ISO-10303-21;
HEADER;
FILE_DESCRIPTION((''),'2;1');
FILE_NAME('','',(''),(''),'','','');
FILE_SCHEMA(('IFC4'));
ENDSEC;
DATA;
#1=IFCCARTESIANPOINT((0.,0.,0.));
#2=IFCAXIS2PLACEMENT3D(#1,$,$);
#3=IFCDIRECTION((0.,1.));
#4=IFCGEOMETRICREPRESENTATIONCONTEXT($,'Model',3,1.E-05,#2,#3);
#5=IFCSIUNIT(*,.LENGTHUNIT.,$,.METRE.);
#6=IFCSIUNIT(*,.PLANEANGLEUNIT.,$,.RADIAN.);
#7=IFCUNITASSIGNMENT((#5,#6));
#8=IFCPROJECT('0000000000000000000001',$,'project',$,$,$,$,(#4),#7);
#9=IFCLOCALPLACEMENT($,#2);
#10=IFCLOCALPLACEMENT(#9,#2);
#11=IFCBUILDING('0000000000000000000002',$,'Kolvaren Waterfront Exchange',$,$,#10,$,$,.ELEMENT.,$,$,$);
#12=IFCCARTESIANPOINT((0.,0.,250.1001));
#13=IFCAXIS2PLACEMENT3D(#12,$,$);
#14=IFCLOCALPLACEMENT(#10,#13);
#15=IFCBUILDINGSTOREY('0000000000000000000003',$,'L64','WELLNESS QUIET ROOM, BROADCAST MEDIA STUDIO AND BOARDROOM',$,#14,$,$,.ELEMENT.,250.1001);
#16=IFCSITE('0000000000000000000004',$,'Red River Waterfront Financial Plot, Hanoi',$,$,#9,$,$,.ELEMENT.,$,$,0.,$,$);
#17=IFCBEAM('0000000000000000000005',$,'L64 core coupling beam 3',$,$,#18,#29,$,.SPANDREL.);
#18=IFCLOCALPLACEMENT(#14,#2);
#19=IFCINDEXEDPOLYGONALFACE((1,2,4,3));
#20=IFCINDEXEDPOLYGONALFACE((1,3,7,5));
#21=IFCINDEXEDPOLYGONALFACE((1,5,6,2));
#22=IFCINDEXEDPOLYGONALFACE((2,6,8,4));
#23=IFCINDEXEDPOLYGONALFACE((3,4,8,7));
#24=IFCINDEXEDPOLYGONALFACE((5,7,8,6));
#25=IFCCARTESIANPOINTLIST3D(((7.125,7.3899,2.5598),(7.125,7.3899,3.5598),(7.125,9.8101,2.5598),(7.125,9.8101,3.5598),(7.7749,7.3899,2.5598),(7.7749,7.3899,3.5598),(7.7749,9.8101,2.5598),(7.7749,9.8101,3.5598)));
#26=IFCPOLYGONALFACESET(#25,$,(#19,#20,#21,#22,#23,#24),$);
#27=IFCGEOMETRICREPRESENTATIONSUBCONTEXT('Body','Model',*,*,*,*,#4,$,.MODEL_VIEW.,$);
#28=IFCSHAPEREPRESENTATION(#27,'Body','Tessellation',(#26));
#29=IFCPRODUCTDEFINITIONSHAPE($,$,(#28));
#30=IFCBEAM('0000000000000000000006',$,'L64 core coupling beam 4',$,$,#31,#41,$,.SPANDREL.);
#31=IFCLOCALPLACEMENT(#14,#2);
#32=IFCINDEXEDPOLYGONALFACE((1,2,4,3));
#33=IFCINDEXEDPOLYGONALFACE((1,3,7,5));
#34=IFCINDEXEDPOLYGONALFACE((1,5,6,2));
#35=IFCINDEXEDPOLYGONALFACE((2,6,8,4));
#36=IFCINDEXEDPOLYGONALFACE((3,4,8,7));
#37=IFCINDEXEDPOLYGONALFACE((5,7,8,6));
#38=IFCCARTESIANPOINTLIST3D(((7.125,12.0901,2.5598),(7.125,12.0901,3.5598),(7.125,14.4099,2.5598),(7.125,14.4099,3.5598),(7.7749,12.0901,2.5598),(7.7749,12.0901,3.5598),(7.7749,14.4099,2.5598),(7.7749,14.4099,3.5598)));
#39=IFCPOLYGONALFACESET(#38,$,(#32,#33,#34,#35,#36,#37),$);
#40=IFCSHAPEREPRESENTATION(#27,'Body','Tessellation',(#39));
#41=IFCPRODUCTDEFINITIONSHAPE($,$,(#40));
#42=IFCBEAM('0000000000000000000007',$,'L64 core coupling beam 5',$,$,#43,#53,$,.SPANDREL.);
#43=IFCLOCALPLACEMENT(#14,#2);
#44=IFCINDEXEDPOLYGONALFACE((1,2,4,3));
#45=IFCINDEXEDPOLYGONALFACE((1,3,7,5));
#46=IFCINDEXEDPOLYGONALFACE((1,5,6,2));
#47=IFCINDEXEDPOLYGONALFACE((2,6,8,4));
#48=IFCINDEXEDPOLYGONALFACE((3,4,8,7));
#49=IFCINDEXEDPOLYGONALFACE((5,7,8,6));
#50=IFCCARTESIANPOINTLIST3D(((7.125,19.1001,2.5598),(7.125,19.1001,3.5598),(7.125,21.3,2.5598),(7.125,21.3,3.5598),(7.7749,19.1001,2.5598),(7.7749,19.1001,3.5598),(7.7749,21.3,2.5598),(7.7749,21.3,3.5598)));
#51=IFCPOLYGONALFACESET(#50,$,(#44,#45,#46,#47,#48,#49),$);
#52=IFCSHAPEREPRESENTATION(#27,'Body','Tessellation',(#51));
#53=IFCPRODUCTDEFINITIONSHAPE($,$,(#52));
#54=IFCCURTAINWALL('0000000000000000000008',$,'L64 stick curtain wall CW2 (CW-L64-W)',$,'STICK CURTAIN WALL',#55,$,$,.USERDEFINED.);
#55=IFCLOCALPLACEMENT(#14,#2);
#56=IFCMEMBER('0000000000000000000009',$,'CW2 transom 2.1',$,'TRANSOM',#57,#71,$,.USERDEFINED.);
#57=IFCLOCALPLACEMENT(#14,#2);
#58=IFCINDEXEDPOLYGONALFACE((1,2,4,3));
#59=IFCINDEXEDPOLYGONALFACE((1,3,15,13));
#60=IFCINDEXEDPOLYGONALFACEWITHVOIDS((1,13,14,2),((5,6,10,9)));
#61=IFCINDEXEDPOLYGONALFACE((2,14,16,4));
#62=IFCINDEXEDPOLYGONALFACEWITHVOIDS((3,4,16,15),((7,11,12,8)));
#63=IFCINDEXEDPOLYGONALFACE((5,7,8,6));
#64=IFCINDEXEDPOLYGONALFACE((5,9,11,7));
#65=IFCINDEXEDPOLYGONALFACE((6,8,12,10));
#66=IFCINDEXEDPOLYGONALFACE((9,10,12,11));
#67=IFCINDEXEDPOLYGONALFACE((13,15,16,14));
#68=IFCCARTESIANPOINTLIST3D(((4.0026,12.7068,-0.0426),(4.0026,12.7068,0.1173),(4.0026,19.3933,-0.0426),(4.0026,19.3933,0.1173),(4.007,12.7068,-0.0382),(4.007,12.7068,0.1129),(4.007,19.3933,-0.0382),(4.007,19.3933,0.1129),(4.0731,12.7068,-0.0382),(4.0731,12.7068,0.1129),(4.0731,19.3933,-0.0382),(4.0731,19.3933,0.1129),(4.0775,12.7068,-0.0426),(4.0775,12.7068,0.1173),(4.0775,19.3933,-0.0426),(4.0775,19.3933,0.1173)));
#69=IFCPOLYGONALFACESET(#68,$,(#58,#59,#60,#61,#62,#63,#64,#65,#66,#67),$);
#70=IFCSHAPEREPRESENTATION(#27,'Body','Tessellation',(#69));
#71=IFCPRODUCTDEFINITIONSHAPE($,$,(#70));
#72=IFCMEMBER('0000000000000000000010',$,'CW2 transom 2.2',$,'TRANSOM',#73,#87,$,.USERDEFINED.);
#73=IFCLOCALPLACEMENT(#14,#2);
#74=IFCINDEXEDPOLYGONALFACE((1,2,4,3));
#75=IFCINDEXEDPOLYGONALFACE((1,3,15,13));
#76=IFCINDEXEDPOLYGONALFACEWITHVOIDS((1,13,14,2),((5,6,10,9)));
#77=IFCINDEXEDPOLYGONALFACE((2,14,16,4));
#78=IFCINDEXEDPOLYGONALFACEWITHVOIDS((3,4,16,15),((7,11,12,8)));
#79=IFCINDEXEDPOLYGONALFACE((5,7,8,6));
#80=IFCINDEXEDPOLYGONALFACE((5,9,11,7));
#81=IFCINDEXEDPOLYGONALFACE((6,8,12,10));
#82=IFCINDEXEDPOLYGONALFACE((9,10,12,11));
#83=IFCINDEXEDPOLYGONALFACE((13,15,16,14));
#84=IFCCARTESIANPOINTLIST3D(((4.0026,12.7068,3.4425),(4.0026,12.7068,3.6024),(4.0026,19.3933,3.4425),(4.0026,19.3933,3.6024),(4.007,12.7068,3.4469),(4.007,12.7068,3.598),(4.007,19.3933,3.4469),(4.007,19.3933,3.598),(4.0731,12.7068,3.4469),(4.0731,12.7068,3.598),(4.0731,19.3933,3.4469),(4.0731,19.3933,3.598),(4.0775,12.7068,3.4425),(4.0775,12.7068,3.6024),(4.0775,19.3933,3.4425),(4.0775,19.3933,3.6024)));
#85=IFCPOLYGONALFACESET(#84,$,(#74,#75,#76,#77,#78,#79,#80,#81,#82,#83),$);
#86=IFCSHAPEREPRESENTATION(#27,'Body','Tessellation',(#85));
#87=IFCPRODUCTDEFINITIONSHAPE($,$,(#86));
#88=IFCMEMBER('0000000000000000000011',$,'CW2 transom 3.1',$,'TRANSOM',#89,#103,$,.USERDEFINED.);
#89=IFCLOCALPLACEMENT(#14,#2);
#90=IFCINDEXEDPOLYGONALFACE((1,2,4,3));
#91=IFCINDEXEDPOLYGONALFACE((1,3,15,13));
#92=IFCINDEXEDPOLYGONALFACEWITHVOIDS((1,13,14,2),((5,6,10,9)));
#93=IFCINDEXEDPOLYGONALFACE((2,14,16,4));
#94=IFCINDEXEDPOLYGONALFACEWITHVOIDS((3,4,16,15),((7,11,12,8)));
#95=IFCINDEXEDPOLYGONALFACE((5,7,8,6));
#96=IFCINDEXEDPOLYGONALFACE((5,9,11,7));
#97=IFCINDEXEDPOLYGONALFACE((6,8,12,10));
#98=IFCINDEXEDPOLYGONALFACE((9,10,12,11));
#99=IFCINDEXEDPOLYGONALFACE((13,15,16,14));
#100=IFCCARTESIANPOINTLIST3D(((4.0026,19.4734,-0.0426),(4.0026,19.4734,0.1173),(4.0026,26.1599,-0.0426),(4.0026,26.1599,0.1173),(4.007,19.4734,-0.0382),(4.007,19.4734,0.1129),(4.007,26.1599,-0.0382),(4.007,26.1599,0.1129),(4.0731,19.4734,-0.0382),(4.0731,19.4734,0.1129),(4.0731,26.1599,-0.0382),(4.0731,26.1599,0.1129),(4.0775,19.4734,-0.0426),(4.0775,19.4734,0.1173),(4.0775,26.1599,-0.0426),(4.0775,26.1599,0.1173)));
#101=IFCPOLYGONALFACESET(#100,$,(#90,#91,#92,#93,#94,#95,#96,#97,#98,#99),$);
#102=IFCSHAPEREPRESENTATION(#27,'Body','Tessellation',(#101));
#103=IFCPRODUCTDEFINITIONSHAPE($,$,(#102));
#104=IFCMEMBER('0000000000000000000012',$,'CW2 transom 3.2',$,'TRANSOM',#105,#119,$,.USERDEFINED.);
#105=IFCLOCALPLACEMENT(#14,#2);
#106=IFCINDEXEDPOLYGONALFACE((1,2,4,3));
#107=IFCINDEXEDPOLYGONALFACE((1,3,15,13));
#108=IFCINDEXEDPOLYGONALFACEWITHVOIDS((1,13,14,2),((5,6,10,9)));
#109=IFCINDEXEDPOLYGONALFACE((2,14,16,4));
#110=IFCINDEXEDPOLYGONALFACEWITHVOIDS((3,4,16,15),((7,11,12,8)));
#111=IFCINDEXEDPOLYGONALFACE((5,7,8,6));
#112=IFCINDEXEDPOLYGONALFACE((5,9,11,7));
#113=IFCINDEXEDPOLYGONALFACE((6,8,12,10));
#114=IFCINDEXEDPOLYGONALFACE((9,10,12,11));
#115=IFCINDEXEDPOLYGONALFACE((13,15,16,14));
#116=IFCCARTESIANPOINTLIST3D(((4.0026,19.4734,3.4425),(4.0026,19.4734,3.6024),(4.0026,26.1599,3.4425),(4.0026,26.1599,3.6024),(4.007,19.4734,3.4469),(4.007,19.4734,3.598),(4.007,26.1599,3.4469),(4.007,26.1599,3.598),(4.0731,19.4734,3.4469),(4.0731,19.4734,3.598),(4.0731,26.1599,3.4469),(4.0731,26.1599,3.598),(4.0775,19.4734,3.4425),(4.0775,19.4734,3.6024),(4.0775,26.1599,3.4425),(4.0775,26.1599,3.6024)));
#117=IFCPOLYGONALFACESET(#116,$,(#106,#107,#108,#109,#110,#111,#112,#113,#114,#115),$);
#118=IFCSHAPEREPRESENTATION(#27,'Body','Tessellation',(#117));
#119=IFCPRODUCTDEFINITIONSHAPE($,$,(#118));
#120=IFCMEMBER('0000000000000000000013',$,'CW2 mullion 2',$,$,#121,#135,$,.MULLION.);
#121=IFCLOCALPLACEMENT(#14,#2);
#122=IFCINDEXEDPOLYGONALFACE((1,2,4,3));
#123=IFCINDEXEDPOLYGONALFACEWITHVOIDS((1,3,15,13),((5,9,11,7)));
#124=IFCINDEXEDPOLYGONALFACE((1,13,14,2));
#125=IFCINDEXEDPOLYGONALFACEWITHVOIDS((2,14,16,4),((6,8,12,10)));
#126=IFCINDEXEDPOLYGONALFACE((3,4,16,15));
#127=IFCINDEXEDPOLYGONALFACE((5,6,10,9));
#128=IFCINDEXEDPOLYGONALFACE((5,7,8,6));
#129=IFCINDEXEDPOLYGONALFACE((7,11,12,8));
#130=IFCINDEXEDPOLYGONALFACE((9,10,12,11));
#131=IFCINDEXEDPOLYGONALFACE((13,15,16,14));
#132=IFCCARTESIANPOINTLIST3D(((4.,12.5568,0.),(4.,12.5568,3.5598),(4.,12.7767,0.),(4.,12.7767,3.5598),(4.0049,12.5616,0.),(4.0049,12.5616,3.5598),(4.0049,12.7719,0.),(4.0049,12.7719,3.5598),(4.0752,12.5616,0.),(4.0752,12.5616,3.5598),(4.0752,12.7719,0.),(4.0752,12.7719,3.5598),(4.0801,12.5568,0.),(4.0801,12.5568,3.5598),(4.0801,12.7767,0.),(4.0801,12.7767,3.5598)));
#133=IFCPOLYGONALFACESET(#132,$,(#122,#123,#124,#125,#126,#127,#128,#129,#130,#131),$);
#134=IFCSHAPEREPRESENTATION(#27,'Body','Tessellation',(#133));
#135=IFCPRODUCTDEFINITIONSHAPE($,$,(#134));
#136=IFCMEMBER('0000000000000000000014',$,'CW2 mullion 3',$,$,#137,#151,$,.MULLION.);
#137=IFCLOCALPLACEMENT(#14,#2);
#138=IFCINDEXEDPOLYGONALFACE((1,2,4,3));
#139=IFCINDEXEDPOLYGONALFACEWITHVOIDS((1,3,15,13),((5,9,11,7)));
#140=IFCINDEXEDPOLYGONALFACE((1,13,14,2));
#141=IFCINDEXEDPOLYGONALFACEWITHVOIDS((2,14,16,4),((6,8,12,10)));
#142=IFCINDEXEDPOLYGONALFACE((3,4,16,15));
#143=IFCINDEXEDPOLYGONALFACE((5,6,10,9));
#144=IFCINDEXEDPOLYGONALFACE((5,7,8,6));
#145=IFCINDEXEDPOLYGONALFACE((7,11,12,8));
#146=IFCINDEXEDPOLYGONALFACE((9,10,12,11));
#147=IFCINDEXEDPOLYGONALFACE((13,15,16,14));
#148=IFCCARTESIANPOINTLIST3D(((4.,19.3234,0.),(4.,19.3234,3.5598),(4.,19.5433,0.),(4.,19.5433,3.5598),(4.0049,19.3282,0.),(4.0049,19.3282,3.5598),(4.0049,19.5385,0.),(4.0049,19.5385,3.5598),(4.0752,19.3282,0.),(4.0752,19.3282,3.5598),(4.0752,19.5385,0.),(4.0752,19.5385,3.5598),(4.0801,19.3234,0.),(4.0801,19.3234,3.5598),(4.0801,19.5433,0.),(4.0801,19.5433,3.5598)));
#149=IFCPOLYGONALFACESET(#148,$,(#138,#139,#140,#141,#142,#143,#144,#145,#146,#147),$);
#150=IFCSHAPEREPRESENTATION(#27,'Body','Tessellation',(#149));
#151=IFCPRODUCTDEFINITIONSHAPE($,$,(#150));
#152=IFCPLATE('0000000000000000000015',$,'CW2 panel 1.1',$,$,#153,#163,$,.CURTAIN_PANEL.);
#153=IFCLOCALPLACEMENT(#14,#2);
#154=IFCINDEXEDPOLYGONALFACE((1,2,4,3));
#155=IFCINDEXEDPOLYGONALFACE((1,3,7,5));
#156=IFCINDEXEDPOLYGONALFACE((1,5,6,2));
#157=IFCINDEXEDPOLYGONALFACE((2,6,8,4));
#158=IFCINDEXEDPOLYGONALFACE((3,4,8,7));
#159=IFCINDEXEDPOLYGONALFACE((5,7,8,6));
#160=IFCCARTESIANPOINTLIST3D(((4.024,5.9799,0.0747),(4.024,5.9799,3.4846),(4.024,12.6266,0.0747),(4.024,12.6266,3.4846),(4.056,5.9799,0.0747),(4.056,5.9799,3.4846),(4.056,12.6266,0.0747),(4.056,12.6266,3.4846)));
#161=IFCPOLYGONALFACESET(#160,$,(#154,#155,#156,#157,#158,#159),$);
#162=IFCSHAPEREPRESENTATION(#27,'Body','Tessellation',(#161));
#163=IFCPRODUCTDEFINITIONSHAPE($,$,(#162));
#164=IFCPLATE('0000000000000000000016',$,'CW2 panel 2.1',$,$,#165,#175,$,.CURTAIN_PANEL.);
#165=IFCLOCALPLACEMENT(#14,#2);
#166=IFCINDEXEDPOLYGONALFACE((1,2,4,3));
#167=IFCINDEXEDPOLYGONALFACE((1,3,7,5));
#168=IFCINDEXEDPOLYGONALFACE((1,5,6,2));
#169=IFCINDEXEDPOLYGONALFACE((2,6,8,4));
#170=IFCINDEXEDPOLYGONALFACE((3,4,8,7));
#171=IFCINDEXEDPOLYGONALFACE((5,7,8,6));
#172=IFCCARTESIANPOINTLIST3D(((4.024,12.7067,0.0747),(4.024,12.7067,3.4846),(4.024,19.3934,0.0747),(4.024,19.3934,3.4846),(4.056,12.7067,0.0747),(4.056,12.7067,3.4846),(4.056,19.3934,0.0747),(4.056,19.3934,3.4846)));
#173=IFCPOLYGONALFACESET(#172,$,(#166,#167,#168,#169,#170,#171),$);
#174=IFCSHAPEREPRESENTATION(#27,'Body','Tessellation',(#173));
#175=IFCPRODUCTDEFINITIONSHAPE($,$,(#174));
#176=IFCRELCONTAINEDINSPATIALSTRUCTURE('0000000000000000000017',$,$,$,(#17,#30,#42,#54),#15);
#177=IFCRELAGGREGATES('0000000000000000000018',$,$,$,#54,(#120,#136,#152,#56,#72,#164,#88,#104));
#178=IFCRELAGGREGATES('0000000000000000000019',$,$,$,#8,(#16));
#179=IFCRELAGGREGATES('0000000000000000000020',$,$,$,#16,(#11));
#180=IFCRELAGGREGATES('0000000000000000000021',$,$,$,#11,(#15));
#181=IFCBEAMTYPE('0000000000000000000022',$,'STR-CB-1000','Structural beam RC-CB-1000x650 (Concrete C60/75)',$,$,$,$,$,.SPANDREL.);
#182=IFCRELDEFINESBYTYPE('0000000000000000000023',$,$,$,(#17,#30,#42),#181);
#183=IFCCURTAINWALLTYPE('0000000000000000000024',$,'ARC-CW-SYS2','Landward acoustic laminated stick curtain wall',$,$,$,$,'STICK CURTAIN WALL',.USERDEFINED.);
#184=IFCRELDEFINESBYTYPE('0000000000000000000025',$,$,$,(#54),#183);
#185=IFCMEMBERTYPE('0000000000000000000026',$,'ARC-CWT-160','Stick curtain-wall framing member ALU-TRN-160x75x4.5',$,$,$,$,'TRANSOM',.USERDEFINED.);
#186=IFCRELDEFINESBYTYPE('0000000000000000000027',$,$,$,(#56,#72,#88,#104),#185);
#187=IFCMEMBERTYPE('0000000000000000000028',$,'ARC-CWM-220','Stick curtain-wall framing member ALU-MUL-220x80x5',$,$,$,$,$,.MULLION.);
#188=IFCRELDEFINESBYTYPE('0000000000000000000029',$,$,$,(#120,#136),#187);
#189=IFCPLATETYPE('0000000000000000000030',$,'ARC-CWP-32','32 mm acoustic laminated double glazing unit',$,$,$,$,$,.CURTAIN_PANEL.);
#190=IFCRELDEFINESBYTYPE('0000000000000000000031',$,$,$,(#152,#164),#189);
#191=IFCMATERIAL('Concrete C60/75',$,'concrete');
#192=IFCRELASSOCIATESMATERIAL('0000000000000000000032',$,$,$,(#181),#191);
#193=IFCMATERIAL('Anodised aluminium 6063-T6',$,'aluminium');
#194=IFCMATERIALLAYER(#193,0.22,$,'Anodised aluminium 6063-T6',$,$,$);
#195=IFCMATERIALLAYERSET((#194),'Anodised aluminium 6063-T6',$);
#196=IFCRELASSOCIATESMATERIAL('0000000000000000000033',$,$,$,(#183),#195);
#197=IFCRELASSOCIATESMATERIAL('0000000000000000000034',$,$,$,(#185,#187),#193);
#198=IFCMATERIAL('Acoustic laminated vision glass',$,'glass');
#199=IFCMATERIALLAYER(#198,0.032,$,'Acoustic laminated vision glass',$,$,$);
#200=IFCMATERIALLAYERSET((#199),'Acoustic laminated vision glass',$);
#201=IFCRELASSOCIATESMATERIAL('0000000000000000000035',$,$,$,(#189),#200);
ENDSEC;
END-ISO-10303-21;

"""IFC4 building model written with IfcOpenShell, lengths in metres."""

from ifc_helpers import new_model, si_unit, direction, frame, origin, origin_with_axes, origin_2d, place, context, subcontext, project, spatial, rectangle, hollow_rectangle, extrude, source, transform, mapped, material, layer, layer_set, material_profile, profile_set, type_object, element, aggregate, save


model = new_model("IFC4")

# Units and contexts
model_context = context("Model", 3, precision=1e-05, world=origin(), true_north=direction((0.0, 1.0)))
body_context = subcontext(model_context, "Body", "Model", "MODEL_VIEW")
ifc_project = project(units=[si_unit("LENGTHUNIT", "METRE"), si_unit("PLANEANGLEUNIT", "RADIAN")], contexts=[model_context])

# Site, building, storey
site_placement = place(None, origin())
site = spatial("IfcSite", under=ifc_project, at=site_placement, Name="Red River Waterfront Financial Plot, Hanoi", CompositionType="ELEMENT", RefElevation=0.0)
building_placement = place(site_placement, origin())
building = spatial("IfcBuilding", under=site, at=building_placement, Name="Kolvaren Waterfront Exchange", CompositionType="ELEMENT")
storey_placement = place(building_placement, frame((0.0, 0.0, 250.1001)))
storey = spatial("IfcBuildingStorey", under=building, at=storey_placement, Name="L64", Description="WELLNESS QUIET ROOM, BROADCAST MEDIA STUDIO AND BOARDROOM", CompositionType="ELEMENT", Elevation=250.1001)

# Beams
ifc_material_1 = material(Name="Concrete C60/75", Category="concrete")
ifc_material_profile_1 = material_profile(ifc_material_1, rectangle(XDim=0.6499, YDim=1.0, at=origin_2d()), Name="RC-CB-1000x650")
ifc_profile_set_1 = profile_set([ifc_material_profile_1], Name="Concrete C60/75")
beam_type = type_object("IfcBeamType", Name="STR-CB-1000", Description="Structural beam RC-CB-1000x650 (Concrete C60/75)", PredefinedType="SPANDREL", material=ifc_profile_set_1)
beam_1_placement = place(storey_placement, frame((7.45, 7.3899, 3.0598), z_axis=(0.0, 1.0, 0.0), x_axis=(-1.0, 0.0, 0.0)))
element("IfcBeam", 1, at=beam_1_placement, inside=storey, type_object=beam_type, Name="L64 core coupling beam 3", PredefinedType="SPANDREL", context=body_context, shape_type="SweptSolid", body=[
    extrude(rectangle(XDim=0.6499, YDim=1.0, at=origin_2d()), origin(), (0.0, 0.0, 1.0), 2.4202),
])
beam_2_placement = place(storey_placement, frame((7.45, 12.0901, 3.0598), z_axis=(0.0, 1.0, 0.0), x_axis=(-1.0, 0.0, 0.0)))
element("IfcBeam", 2, at=beam_2_placement, inside=storey, type_object=beam_type, Name="L64 core coupling beam 4", PredefinedType="SPANDREL", context=body_context, shape_type="SweptSolid", body=[
    extrude(rectangle(XDim=0.6499, YDim=1.0, at=origin_2d()), origin(), (0.0, 0.0, 1.0), 2.3198),
])
beam_3_placement = place(storey_placement, frame((7.45, 19.1001, 3.0598), z_axis=(0.0, 1.0, 0.0), x_axis=(-1.0, 0.0, 0.0)))
element("IfcBeam", 3, at=beam_3_placement, inside=storey, type_object=beam_type, Name="L64 core coupling beam 5", PredefinedType="SPANDREL", context=body_context, shape_type="SweptSolid", body=[
    extrude(rectangle(XDim=0.6499, YDim=1.0, at=origin_2d()), origin(), (0.0, 0.0, 1.0), 2.2),
])

# Curtain wall, members, plates
ifc_material_2 = material(Name="Anodised aluminium 6063-T6", Category="aluminium")
ifc_layer_1 = layer(ifc_material_2, 0.22, Name="Anodised aluminium 6063-T6")
ifc_layer_set_1 = layer_set([ifc_layer_1], Name="Anodised aluminium 6063-T6")
curtain_wall_type = type_object("IfcCurtainWallType", Name="ARC-CW-SYS2", Description="Landward acoustic laminated stick curtain wall", ElementType="STICK CURTAIN WALL", PredefinedType="USERDEFINED", material=ifc_layer_set_1)
curtain_wall_placement = place(storey_placement, origin())
curtain_wall = element("IfcCurtainWall", 4, at=curtain_wall_placement, inside=storey, type_object=curtain_wall_type, Name="L64 stick curtain wall CW2 (CW-L64-W)", ObjectType="STICK CURTAIN WALL", PredefinedType="USERDEFINED")
ifc_material_profile_2 = material_profile(ifc_material_2, hollow_rectangle(XDim=0.075, YDim=0.1599, WallThickness=0.0044, at=origin_2d()), Name="ALU-TRN-160x75x4.5")
ifc_profile_set_2 = profile_set([ifc_material_profile_2], Name="Anodised aluminium 6063-T6")
member_type_1 = type_object("IfcMemberType", Name="ARC-CWT-160", Description="Stick curtain-wall framing member ALU-TRN-160x75x4.5", ElementType="TRANSOM", PredefinedType="USERDEFINED", material=ifc_profile_set_2)
shared_shape_1 = source(origin_with_axes(), body_context, "Body", "SweptSolid", [
    extrude(hollow_rectangle(XDim=0.075, YDim=0.1599, WallThickness=0.0044, at=origin_2d()), origin(), (0.0, 0.0, 1.0), 6.6865),
])
member_1_placement = place(storey_placement, frame((4.04, 12.7068, 0.0374), z_axis=(0.0, 1.0, 0.0), x_axis=(-1.0, 0.0, 0.0)))
member_1 = element("IfcMember", 5, at=member_1_placement, type_object=member_type_1, Name="CW2 transom 2.1", ObjectType="TRANSOM", PredefinedType="USERDEFINED", context=body_context, shape_type="MappedRepresentation", body=[
    mapped(shared_shape_1, transform((0.0, 0.0, 0.0), x_axis=(1.0, 0.0, 0.0), y_axis=(0.0, 1.0, 0.0), z_axis=(0.0, 0.0, 1.0), scale=1.0)),
])
member_2_placement = place(storey_placement, frame((4.04, 12.7068, 3.5225), z_axis=(0.0, 1.0, 0.0), x_axis=(-1.0, 0.0, 0.0)))
member_2 = element("IfcMember", 6, at=member_2_placement, type_object=member_type_1, Name="CW2 transom 2.2", ObjectType="TRANSOM", PredefinedType="USERDEFINED", context=body_context, shape_type="MappedRepresentation", body=[
    mapped(shared_shape_1, transform((0.0, 0.0, 0.0), x_axis=(1.0, 0.0, 0.0), y_axis=(0.0, 1.0, 0.0), z_axis=(0.0, 0.0, 1.0), scale=1.0)),
])
member_3_placement = place(storey_placement, frame((4.04, 19.4734, 0.0374), z_axis=(0.0, 1.0, 0.0), x_axis=(-1.0, 0.0, 0.0)))
member_3 = element("IfcMember", 7, at=member_3_placement, type_object=member_type_1, Name="CW2 transom 3.1", ObjectType="TRANSOM", PredefinedType="USERDEFINED", context=body_context, shape_type="MappedRepresentation", body=[
    mapped(shared_shape_1, transform((0.0, 0.0, 0.0), x_axis=(1.0, 0.0, 0.0), y_axis=(0.0, 1.0, 0.0), z_axis=(0.0, 0.0, 1.0), scale=1.0)),
])
member_4_placement = place(storey_placement, frame((4.04, 19.4734, 3.5225), z_axis=(0.0, 1.0, 0.0), x_axis=(-1.0, 0.0, 0.0)))
member_4 = element("IfcMember", 8, at=member_4_placement, type_object=member_type_1, Name="CW2 transom 3.2", ObjectType="TRANSOM", PredefinedType="USERDEFINED", context=body_context, shape_type="MappedRepresentation", body=[
    mapped(shared_shape_1, transform((0.0, 0.0, 0.0), x_axis=(1.0, 0.0, 0.0), y_axis=(0.0, 1.0, 0.0), z_axis=(0.0, 0.0, 1.0), scale=1.0)),
])
ifc_material_profile_3 = material_profile(ifc_material_2, hollow_rectangle(XDim=0.0801, YDim=0.22, WallThickness=0.0049, at=origin_2d()), Name="ALU-MUL-220x80x5")
ifc_profile_set_3 = profile_set([ifc_material_profile_3], Name="Anodised aluminium 6063-T6")
member_type_2 = type_object("IfcMemberType", Name="ARC-CWM-220", Description="Stick curtain-wall framing member ALU-MUL-220x80x5", PredefinedType="MULLION", material=ifc_profile_set_3)
shared_shape_2 = source(origin_with_axes(), body_context, "Body", "SweptSolid", [
    extrude(hollow_rectangle(XDim=0.0801, YDim=0.22, WallThickness=0.0049, at=origin_2d()), origin(), (0.0, 0.0, 1.0), 3.5598),
])
member_5_placement = place(storey_placement, frame((4.04, 12.6667, 0.0), z_axis=(0.0, 0.0, 1.0), x_axis=(-1.0, 0.0, 0.0)))
member_5 = element("IfcMember", 9, at=member_5_placement, type_object=member_type_2, Name="CW2 mullion 2", PredefinedType="MULLION", context=body_context, shape_type="MappedRepresentation", body=[
    mapped(shared_shape_2, transform((0.0, 0.0, 0.0), x_axis=(1.0, 0.0, 0.0), y_axis=(0.0, 1.0, 0.0), z_axis=(0.0, 0.0, 1.0), scale=1.0)),
])
member_6_placement = place(storey_placement, frame((4.04, 19.4333, 0.0), z_axis=(0.0, 0.0, 1.0), x_axis=(-1.0, 0.0, 0.0)))
member_6 = element("IfcMember", 10, at=member_6_placement, type_object=member_type_2, Name="CW2 mullion 3", PredefinedType="MULLION", context=body_context, shape_type="MappedRepresentation", body=[
    mapped(shared_shape_2, transform((0.0, 0.0, 0.0), x_axis=(1.0, 0.0, 0.0), y_axis=(0.0, 1.0, 0.0), z_axis=(0.0, 0.0, 1.0), scale=1.0)),
])
ifc_material_3 = material(Name="Acoustic laminated vision glass", Category="glass")
ifc_layer_2 = layer(ifc_material_3, 0.032, Name="Acoustic laminated vision glass")
ifc_layer_set_2 = layer_set([ifc_layer_2], Name="Acoustic laminated vision glass")
plate_type = type_object("IfcPlateType", Name="ARC-CWP-32", Description="32 mm acoustic laminated double glazing unit", PredefinedType="CURTAIN_PANEL", material=ifc_layer_set_2)
shared_shape_3 = source(origin_with_axes(), body_context, "Body", "SweptSolid", [
    extrude(rectangle(XDim=6.6467, YDim=0.032, at=origin_2d()), origin(), (0.0, 0.0, 1.0), 3.4099),
])
plate_1_placement = place(storey_placement, frame((4.04, 9.3032, 0.0747), z_axis=(0.0, 0.0, 1.0), x_axis=(0.0, 1.0, 0.0)))
plate_1 = element("IfcPlate", 11, at=plate_1_placement, type_object=plate_type, Name="CW2 panel 1.1", PredefinedType="CURTAIN_PANEL", context=body_context, shape_type="MappedRepresentation", body=[
    mapped(shared_shape_3, transform((0.0, 0.0, 0.0), x_axis=(1.0, 0.0, 0.0), y_axis=(0.0, 1.0, 0.0), z_axis=(0.0, 0.0, 1.0), scale=1.0)),
])
shared_shape_4 = source(origin_with_axes(), body_context, "Body", "SweptSolid", [
    extrude(rectangle(XDim=6.6868, YDim=0.032, at=origin_2d()), origin(), (0.0, 0.0, 1.0), 3.4099),
])
plate_2_placement = place(storey_placement, frame((4.04, 16.05, 0.0747), z_axis=(0.0, 0.0, 1.0), x_axis=(0.0, 1.0, 0.0)))
plate_2 = element("IfcPlate", 12, at=plate_2_placement, type_object=plate_type, Name="CW2 panel 2.1", PredefinedType="CURTAIN_PANEL", context=body_context, shape_type="MappedRepresentation", body=[
    mapped(shared_shape_4, transform((0.0, 0.0, 0.0), x_axis=(1.0, 0.0, 0.0), y_axis=(0.0, 1.0, 0.0), z_axis=(0.0, 0.0, 1.0), scale=1.0)),
])
aggregate(curtain_wall, [member_5, member_6, plate_1, member_1, member_2, plate_2, member_3, member_4])

save(model, "model.ifc")
